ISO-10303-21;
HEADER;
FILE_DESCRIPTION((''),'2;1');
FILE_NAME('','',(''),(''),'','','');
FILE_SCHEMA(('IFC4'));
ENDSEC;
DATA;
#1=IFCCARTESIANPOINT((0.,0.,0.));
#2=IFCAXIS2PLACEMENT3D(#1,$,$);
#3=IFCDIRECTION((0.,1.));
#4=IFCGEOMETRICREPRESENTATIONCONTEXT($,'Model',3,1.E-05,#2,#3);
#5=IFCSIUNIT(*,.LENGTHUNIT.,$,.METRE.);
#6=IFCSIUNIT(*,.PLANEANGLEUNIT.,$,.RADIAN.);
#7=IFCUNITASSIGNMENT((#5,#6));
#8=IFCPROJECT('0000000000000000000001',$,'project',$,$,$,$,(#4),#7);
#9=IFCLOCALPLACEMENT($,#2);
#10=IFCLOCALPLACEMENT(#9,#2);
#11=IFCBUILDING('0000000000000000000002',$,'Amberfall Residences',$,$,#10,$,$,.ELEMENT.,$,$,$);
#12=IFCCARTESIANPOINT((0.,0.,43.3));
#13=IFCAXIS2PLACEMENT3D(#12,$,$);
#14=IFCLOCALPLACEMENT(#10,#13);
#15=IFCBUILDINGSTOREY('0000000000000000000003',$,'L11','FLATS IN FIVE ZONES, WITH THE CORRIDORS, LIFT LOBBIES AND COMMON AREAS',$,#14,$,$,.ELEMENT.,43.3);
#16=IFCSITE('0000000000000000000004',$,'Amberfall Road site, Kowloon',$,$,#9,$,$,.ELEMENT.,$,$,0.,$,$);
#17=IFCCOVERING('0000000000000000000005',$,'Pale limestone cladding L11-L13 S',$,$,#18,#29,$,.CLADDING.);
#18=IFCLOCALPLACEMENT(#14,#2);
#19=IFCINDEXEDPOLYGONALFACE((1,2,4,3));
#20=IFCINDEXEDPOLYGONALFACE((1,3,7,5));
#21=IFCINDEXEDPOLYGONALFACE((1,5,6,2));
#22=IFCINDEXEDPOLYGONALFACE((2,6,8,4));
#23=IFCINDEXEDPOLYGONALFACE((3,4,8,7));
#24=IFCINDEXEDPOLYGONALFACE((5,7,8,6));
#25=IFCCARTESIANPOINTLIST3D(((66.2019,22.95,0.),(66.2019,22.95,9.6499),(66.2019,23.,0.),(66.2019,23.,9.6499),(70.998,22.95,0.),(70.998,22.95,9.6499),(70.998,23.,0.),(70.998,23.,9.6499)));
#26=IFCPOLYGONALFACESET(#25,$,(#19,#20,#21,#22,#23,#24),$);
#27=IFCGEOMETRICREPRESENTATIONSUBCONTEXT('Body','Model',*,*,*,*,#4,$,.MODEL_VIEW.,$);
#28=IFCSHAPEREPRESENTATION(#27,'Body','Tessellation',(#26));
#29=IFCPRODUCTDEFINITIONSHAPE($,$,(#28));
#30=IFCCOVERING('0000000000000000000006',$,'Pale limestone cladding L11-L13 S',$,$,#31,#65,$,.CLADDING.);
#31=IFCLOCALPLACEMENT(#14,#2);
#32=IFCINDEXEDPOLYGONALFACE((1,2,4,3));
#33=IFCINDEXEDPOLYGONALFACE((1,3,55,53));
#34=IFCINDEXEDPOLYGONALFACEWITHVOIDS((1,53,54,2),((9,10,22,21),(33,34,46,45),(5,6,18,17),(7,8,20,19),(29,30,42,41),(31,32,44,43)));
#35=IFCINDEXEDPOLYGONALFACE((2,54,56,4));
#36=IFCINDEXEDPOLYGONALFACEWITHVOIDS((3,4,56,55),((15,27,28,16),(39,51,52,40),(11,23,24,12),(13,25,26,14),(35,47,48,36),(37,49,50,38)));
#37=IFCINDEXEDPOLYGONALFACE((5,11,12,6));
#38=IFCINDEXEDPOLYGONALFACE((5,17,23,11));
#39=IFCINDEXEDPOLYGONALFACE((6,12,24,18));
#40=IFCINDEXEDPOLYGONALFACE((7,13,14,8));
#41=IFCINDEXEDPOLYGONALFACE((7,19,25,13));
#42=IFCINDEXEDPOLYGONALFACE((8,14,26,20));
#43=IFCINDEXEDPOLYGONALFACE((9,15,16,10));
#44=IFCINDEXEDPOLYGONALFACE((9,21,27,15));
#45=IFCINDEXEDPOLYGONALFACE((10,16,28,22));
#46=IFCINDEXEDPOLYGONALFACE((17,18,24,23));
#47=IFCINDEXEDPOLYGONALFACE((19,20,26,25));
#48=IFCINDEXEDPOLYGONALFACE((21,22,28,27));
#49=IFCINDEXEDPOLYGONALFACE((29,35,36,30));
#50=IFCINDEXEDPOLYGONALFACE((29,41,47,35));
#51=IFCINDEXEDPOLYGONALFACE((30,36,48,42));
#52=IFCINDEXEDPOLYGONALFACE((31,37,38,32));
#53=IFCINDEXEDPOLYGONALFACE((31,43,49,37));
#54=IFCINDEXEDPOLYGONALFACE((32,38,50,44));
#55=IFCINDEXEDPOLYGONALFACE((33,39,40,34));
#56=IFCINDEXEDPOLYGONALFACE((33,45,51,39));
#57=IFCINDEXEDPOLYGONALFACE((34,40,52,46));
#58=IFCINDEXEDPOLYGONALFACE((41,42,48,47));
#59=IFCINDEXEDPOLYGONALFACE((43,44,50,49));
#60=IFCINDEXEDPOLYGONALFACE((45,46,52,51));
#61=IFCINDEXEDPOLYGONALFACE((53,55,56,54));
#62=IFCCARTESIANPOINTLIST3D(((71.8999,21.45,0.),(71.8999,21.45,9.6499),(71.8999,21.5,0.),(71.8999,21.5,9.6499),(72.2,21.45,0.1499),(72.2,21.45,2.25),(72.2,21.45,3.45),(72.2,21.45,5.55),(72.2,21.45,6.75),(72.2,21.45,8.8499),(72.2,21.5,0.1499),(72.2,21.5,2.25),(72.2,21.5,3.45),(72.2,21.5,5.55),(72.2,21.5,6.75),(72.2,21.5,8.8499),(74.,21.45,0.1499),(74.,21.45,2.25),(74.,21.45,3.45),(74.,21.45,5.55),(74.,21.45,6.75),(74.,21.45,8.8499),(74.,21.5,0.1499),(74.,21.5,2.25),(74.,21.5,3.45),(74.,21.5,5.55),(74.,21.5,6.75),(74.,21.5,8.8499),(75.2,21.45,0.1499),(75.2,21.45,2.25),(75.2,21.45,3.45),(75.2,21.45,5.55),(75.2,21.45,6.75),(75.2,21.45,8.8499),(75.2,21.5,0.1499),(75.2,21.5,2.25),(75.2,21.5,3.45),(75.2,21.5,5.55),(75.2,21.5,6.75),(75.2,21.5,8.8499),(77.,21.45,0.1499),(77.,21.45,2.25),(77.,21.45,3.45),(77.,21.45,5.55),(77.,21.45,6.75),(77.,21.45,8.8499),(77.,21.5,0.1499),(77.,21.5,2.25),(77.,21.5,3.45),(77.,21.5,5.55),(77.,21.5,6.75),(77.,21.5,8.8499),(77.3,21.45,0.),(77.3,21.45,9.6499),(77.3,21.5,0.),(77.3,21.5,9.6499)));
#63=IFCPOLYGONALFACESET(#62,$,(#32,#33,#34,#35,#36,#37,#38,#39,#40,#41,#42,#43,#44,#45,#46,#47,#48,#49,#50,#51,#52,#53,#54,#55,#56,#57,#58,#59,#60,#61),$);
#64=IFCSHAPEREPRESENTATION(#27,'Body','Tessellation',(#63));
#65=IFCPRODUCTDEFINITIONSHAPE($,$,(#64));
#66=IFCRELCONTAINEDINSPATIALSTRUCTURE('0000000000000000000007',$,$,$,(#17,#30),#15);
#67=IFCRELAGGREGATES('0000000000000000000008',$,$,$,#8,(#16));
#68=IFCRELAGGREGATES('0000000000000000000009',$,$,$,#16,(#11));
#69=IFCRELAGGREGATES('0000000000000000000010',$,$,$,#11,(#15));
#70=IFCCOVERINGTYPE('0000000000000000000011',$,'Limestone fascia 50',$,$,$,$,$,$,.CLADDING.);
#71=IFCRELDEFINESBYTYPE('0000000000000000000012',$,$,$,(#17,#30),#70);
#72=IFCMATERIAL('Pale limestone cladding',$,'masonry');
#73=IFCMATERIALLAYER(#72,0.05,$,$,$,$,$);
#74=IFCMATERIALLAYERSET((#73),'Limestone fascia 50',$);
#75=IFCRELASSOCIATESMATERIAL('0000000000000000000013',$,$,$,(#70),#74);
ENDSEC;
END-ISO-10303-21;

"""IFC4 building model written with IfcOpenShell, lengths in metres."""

from ifc_helpers import new_model, si_unit, direction, frame, origin, place, context, subcontext, project, spatial, polyline, outline, extrude, material, layer, layer_set, type_object, element, save


model = new_model("IFC4")

# Units and contexts
model_context = context("Model", 3, precision=1e-05, world=origin(), true_north=direction((0.0, 1.0)))
body_context = subcontext(model_context, "Body", "Model", "MODEL_VIEW")
ifc_project = project(units=[si_unit("LENGTHUNIT", "METRE"), si_unit("PLANEANGLEUNIT", "RADIAN")], contexts=[model_context])

# Site, building, storey
site_placement = place(None, origin())
site = spatial("IfcSite", under=ifc_project, at=site_placement, Name="Amberfall Road site, Kowloon", CompositionType="ELEMENT", RefElevation=0.0)
building_placement = place(site_placement, origin())
building = spatial("IfcBuilding", under=site, at=building_placement, Name="Amberfall Residences", CompositionType="ELEMENT")
storey_placement = place(building_placement, frame((0.0, 0.0, 43.3)))
storey = spatial("IfcBuildingStorey", under=building, at=storey_placement, Name="L11", Description="FLATS IN FIVE ZONES, WITH THE CORRIDORS, LIFT LOBBIES AND COMMON AREAS", CompositionType="ELEMENT", Elevation=43.3)

# Coverings
ifc_material_1 = material(Name="Pale limestone cladding", Category="masonry")
ifc_layer_1 = layer(ifc_material_1, 0.05)
ifc_layer_set_1 = layer_set([ifc_layer_1], Name="Limestone fascia 50")
covering_type = type_object("IfcCoveringType", Name="Limestone fascia 50", PredefinedType="CLADDING", material=ifc_layer_set_1)
covering_1_placement = place(storey_placement, frame((66.2019, 23.0, 9.6499), z_axis=(0.0, 1.0, 0.0), x_axis=(1.0, 0.0, 0.0)))
element("IfcCovering", 1, at=covering_1_placement, inside=storey, type_object=covering_type, Name="Pale limestone cladding L11-L13 S", PredefinedType="CLADDING", context=body_context, shape_type="SweptSolid", body=[
    extrude(outline(polyline([(0.0, 0.0), (4.7961, 0.0), (4.7961, 9.6499), (0.0, 9.6499), (0.0, 0.0)])), origin(), (0.0, 0.0, -1.0), 0.05),
])
covering_2_placement = place(storey_placement, frame((71.8999, 21.5, 9.6499), z_axis=(0.0, 1.0, 0.0), x_axis=(1.0, 0.0, 0.0)))
element("IfcCovering", 2, at=covering_2_placement, inside=storey, type_object=covering_type, Name="Pale limestone cladding L11-L13 S", PredefinedType="CLADDING", context=body_context, shape_type="SweptSolid", body=[
    extrude(outline(polyline([(0.0, 0.0), (5.4001, 0.0), (5.4001, 9.6499), (0.0, 9.6499), (0.0, 0.0)]), holes=[polyline([(0.3, 7.3999), (2.1001, 7.3999), (2.1001, 9.5), (0.3, 9.5), (0.3, 7.3999)]), polyline([(3.3, 7.3999), (5.1001, 7.3999), (5.1001, 9.5), (3.3, 9.5), (3.3, 7.3999)]), polyline([(0.3, 4.0999), (2.1001, 4.0999), (2.1001, 6.2), (0.3, 6.2), (0.3, 4.0999)]), polyline([(3.3, 4.0999), (5.1001, 4.0999), (5.1001, 6.2), (3.3, 6.2), (3.3, 4.0999)]), polyline([(0.3, 0.8), (2.1001, 0.8), (2.1001, 2.8999), (0.3, 2.8999), (0.3, 0.8)]), polyline([(3.3, 0.8), (5.1001, 0.8), (5.1001, 2.8999), (3.3, 2.8999), (3.3, 0.8)])]), origin(), (0.0, 0.0, -1.0), 0.05),
])

save(model, "model.ifc")
